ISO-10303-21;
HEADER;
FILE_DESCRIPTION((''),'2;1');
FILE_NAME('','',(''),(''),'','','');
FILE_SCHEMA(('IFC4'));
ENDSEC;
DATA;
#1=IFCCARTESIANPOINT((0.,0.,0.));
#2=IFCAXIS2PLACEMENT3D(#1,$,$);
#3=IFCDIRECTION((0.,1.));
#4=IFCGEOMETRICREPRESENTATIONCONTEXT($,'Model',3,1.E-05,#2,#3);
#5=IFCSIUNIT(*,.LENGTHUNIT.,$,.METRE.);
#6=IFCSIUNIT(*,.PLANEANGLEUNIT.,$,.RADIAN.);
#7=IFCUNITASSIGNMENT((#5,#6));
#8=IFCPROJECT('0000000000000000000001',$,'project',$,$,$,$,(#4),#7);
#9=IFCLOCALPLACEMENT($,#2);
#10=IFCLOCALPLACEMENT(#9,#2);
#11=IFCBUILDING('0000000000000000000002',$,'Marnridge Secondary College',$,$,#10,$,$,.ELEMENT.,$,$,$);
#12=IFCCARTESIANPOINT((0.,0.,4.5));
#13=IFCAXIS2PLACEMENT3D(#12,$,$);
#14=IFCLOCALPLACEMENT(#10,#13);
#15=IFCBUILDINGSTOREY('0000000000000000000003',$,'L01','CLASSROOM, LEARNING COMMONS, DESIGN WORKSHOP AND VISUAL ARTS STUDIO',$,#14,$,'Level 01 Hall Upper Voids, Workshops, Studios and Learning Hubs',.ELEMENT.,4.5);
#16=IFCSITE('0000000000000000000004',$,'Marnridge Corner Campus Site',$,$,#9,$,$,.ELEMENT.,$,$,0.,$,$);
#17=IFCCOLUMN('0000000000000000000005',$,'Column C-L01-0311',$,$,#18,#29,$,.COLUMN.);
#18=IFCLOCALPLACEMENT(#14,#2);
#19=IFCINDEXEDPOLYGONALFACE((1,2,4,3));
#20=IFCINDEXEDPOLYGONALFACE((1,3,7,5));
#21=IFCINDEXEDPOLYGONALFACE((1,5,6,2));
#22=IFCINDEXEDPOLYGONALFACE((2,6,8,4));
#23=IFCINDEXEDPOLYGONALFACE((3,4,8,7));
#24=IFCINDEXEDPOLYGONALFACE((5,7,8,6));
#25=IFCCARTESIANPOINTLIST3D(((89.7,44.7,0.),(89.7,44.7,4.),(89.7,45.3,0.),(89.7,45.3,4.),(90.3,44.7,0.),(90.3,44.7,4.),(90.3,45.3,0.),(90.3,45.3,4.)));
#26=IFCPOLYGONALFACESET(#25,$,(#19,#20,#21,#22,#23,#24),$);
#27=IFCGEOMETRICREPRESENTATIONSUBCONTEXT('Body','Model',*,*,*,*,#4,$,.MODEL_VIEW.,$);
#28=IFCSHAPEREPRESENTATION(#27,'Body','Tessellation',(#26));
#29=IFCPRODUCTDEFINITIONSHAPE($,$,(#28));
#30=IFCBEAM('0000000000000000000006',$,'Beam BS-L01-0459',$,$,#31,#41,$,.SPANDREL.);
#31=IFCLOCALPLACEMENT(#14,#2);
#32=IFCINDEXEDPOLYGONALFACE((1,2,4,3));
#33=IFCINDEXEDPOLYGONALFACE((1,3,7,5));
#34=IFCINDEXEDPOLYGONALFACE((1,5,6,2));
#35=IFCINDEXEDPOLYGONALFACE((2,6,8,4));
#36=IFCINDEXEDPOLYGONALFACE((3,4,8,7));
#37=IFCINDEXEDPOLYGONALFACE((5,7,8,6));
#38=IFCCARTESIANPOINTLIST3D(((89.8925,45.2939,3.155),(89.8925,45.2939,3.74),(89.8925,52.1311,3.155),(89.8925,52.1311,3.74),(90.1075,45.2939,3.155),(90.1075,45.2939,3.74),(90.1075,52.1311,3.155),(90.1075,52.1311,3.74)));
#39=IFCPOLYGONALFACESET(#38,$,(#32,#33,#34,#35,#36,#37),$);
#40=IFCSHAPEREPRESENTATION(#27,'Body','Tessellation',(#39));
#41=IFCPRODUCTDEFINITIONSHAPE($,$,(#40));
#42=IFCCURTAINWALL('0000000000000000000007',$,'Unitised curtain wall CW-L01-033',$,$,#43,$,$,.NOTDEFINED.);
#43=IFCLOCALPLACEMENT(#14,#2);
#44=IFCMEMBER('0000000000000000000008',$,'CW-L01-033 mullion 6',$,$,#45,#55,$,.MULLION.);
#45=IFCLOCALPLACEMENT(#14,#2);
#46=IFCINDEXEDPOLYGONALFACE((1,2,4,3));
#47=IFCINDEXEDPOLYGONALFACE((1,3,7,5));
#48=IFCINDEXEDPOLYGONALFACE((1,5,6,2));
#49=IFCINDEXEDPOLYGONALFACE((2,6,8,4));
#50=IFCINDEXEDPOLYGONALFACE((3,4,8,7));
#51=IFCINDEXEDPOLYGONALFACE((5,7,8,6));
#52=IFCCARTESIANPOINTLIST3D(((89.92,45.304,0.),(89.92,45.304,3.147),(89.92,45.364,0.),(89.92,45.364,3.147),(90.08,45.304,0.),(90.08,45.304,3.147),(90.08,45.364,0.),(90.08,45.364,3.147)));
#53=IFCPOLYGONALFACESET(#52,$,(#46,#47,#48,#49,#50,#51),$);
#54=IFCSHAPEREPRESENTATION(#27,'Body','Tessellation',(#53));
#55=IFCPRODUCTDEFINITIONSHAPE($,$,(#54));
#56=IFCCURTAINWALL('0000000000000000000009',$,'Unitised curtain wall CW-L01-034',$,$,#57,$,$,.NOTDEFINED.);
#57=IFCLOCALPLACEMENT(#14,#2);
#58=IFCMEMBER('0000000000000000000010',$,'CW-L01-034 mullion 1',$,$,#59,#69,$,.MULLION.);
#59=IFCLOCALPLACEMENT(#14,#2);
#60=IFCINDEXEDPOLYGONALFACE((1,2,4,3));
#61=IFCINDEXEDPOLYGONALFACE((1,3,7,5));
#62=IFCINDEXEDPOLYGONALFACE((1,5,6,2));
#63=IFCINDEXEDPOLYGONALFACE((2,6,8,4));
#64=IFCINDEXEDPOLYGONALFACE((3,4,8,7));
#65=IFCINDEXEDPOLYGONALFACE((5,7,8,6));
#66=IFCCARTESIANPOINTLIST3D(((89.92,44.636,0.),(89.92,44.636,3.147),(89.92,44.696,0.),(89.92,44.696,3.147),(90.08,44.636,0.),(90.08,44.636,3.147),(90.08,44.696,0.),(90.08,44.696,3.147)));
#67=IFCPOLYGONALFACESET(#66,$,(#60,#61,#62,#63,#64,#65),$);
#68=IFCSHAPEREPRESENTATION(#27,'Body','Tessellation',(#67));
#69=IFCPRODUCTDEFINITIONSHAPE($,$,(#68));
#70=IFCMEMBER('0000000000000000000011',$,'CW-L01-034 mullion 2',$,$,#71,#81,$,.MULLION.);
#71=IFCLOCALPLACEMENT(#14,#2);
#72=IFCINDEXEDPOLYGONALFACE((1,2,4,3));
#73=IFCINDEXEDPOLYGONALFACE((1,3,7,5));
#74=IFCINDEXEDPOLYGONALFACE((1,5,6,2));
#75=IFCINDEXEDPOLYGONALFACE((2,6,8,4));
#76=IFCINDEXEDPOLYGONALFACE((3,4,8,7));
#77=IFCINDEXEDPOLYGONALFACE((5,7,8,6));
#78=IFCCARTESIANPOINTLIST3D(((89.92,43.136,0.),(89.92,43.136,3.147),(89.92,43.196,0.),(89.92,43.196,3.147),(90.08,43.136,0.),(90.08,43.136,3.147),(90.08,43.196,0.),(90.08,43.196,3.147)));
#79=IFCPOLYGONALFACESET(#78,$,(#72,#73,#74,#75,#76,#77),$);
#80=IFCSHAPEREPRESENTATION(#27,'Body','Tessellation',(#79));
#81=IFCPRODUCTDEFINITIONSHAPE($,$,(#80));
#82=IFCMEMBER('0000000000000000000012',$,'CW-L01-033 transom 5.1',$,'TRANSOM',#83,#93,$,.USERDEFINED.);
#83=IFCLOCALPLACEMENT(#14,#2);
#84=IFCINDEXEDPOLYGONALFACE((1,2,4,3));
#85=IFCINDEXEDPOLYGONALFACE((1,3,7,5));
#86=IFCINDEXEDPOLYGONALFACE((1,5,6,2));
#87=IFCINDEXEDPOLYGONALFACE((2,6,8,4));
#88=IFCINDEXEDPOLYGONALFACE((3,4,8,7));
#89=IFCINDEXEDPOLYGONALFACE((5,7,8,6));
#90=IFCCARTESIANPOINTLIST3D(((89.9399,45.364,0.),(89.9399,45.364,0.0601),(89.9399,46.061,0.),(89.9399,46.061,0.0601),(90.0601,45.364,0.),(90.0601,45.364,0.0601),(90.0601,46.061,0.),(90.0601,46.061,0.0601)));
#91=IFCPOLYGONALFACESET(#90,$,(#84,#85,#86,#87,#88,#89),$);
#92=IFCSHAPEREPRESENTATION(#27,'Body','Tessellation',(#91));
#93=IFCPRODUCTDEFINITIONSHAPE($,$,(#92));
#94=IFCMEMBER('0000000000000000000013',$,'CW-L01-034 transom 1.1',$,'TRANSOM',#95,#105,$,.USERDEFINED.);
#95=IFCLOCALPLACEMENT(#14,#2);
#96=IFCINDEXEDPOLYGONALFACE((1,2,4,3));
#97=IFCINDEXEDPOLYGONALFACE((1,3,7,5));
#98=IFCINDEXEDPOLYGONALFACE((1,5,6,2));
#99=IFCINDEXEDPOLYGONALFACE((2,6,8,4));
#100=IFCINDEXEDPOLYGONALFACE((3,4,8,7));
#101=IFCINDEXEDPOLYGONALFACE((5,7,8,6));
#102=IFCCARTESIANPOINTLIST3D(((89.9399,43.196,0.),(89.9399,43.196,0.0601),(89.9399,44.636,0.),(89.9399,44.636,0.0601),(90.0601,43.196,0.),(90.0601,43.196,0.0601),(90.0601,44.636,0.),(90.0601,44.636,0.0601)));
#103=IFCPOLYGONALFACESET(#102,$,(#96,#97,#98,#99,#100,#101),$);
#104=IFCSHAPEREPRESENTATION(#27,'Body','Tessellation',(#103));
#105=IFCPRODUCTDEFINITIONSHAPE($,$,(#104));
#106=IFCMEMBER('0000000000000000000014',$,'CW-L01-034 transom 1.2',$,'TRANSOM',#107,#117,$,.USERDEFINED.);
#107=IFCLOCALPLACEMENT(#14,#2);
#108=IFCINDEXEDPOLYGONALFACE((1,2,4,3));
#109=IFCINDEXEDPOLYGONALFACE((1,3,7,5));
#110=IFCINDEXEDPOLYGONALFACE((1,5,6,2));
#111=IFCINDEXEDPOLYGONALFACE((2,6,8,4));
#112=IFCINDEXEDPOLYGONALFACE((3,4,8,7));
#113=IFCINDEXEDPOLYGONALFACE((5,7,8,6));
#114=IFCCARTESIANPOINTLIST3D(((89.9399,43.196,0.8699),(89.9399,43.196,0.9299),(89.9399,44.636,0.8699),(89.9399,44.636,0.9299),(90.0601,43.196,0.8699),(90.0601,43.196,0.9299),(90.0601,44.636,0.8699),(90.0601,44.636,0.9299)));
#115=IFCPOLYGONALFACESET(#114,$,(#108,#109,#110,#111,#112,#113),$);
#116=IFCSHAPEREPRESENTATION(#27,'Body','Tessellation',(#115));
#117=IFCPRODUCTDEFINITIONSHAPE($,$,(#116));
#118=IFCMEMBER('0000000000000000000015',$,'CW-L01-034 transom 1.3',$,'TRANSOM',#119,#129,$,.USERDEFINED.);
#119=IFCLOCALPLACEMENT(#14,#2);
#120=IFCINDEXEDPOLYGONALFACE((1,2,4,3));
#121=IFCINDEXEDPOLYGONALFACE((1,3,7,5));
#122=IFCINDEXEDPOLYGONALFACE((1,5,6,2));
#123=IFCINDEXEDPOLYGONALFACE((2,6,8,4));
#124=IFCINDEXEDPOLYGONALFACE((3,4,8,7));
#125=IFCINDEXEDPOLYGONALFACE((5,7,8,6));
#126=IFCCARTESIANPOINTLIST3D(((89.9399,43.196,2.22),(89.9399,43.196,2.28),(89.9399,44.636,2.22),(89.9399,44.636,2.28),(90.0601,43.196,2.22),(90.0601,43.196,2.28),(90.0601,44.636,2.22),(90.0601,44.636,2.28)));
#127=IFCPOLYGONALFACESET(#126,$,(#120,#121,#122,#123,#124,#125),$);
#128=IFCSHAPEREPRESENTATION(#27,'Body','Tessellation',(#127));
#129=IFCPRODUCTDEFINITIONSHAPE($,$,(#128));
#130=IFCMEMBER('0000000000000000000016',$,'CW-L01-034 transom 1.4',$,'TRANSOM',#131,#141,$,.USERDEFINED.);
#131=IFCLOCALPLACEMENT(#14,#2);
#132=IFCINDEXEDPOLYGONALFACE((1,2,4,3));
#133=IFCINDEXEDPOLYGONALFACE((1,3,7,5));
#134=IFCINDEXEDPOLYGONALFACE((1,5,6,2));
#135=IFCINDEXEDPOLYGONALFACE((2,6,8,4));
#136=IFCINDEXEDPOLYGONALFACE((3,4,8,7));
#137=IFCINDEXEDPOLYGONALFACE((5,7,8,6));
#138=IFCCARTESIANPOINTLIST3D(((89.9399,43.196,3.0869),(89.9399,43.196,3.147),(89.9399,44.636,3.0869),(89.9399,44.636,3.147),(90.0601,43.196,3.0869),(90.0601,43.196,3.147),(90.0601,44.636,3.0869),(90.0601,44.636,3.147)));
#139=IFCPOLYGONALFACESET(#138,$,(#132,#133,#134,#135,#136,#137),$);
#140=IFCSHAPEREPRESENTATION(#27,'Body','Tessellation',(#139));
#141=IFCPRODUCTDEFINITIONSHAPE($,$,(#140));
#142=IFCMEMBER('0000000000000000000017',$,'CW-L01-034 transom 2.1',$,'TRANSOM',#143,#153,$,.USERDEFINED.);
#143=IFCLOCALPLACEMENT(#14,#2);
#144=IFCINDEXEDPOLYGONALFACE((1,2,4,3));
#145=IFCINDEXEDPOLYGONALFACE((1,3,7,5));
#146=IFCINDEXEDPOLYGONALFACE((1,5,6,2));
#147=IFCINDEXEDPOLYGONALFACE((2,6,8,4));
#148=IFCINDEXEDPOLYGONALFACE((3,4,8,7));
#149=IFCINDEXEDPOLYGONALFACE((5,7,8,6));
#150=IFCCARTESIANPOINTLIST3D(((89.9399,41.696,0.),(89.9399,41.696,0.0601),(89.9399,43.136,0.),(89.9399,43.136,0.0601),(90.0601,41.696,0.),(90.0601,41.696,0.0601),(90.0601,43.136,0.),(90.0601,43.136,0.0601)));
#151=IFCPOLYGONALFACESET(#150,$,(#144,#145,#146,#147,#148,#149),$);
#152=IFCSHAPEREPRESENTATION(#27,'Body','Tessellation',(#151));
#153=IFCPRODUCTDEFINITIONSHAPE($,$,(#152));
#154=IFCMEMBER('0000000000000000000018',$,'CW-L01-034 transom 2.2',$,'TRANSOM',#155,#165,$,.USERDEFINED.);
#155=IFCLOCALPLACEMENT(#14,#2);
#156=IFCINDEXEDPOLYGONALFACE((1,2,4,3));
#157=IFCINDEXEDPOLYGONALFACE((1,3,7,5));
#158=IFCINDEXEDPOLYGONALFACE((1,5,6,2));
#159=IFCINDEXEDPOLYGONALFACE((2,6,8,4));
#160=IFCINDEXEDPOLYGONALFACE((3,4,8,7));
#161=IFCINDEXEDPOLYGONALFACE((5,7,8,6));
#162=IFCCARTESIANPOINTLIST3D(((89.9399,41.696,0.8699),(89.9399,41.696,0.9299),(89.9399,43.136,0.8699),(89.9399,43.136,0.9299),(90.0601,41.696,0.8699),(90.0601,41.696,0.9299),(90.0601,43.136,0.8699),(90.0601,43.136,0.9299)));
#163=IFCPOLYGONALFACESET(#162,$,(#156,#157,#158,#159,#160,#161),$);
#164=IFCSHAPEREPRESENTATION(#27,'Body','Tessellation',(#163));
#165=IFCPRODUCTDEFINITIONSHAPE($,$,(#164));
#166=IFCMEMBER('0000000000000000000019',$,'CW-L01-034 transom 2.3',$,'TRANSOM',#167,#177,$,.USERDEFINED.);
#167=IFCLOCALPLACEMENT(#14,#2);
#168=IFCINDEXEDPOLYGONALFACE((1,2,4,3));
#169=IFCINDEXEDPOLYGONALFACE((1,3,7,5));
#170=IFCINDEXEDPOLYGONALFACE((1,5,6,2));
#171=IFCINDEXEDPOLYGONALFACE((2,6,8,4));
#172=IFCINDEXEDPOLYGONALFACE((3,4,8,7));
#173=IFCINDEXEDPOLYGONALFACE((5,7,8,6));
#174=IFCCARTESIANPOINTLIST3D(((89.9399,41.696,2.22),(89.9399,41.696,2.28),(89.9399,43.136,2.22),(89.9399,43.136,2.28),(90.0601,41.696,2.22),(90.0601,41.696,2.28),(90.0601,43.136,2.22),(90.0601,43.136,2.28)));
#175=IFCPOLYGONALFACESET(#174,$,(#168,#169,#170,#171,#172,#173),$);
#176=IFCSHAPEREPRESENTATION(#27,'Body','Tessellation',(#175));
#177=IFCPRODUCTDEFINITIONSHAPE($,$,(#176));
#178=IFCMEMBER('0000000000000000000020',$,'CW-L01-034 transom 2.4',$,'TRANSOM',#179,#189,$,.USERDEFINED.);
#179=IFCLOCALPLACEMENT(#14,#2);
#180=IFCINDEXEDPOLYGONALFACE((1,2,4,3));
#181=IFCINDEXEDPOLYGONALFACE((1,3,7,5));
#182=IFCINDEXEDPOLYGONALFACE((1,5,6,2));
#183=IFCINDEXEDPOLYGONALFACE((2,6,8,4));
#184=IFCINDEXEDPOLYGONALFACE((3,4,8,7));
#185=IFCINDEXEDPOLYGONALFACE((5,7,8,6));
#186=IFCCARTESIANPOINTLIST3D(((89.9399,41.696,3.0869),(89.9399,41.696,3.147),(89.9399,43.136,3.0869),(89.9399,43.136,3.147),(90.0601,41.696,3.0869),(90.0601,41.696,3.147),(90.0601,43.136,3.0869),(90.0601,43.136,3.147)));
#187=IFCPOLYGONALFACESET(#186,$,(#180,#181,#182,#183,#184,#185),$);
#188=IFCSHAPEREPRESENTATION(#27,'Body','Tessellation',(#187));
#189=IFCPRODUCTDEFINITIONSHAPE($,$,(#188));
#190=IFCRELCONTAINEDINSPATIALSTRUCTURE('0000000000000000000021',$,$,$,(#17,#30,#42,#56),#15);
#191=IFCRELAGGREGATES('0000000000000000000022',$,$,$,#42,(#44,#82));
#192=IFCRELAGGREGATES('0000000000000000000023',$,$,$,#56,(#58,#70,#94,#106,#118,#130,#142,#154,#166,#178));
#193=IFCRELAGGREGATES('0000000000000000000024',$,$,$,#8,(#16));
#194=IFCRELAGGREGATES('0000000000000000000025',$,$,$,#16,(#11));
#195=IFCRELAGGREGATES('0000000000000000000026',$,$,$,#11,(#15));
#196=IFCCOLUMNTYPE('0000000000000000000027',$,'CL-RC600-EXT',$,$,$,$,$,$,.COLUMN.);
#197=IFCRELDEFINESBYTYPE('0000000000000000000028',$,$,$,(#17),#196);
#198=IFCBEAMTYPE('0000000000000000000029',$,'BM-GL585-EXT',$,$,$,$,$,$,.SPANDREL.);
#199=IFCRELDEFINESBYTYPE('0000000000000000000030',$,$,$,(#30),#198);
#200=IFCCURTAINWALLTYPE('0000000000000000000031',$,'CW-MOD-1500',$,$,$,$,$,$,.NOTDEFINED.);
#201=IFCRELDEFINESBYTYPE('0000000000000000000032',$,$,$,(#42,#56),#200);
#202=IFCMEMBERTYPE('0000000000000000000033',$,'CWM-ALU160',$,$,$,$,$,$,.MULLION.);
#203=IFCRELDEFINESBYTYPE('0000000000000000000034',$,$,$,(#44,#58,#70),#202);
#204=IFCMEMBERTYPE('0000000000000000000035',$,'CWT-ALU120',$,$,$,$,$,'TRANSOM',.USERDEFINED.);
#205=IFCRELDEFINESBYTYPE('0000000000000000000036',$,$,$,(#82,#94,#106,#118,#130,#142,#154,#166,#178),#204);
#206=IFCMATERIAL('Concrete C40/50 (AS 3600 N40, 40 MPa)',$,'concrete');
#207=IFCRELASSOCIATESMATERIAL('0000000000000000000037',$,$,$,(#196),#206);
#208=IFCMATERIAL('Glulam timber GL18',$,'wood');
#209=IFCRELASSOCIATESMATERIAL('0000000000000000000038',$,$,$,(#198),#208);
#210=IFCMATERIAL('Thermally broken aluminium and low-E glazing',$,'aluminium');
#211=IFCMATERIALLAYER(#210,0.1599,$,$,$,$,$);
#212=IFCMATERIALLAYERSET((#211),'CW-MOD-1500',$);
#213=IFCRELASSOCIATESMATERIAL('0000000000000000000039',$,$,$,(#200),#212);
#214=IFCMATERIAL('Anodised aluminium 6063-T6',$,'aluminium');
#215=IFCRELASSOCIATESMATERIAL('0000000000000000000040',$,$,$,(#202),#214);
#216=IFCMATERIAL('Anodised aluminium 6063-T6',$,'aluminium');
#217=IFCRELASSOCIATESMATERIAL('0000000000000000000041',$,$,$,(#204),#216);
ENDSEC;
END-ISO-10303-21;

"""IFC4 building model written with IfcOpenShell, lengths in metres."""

from ifc_helpers import new_model, si_unit, direction, frame, origin, origin_2d, place, context, subcontext, project, spatial, rectangle, extrude, material, layer, layer_set, material_profile, profile_set, type_object, element, aggregate, save


model = new_model("IFC4")

# Units and contexts
model_context = context("Model", 3, precision=1e-05, world=origin(), true_north=direction((0.0, 1.0)))
body_context = subcontext(model_context, "Body", "Model", "MODEL_VIEW")
ifc_project = project(units=[si_unit("LENGTHUNIT", "METRE"), si_unit("PLANEANGLEUNIT", "RADIAN")], contexts=[model_context])

# Site, building, storey
site_placement = place(None, origin())
site = spatial("IfcSite", under=ifc_project, at=site_placement, Name="Marnridge Corner Campus Site", CompositionType="ELEMENT", RefElevation=0.0)
building_placement = place(site_placement, origin())
building = spatial("IfcBuilding", under=site, at=building_placement, Name="Marnridge Secondary College", CompositionType="ELEMENT")
storey_placement = place(building_placement, frame((0.0, 0.0, 4.5)))
storey = spatial("IfcBuildingStorey", under=building, at=storey_placement, Name="L01", Description="CLASSROOM, LEARNING COMMONS, DESIGN WORKSHOP AND VISUAL ARTS STUDIO", LongName="Level 01 Hall Upper Voids, Workshops, Studios and Learning Hubs", CompositionType="ELEMENT", Elevation=4.5)

# Column
ifc_material_1 = material(Name="Concrete C40/50 (AS 3600 N40, 40 MPa)", Category="concrete")
ifc_material_profile_1 = material_profile(ifc_material_1, rectangle(XDim=0.6001, YDim=0.6001, at=origin_2d()), Name="RC 600x600")
ifc_profile_set_1 = profile_set([ifc_material_profile_1], Name="Concrete C40/50 (AS 3600 N40, 40 MPa)")
column_type = type_object("IfcColumnType", Name="CL-RC600-EXT", PredefinedType="COLUMN", material=ifc_profile_set_1)
column_placement = place(storey_placement, frame((90.0, 45.0, 0.0), z_axis=(0.0, 0.0, 1.0), x_axis=(1.0, 0.0, 0.0)))
element("IfcColumn", 1, at=column_placement, inside=storey, type_object=column_type, Name="Column C-L01-0311", PredefinedType="COLUMN", context=body_context, shape_type="SweptSolid", body=[
    extrude(rectangle(XDim=0.6001, YDim=0.6001, at=origin_2d()), origin(), (0.0, 0.0, 1.0), 4.0),
])

# Beam
ifc_material_2 = material(Name="Glulam timber GL18", Category="wood")
ifc_material_profile_2 = material_profile(ifc_material_2, rectangle(XDim=0.2151, YDim=0.585, at=origin_2d()), Name="GL18 215x585")
ifc_profile_set_2 = profile_set([ifc_material_profile_2], Name="Glulam timber GL18")
beam_type = type_object("IfcBeamType", Name="BM-GL585-EXT", PredefinedType="SPANDREL", material=ifc_profile_set_2)
beam_placement = place(storey_placement, frame((90.0, 45.2939, 3.4475), z_axis=(0.0, 1.0, 0.0), x_axis=(-1.0, 0.0, 0.0)))
element("IfcBeam", 2, at=beam_placement, inside=storey, type_object=beam_type, Name="Beam BS-L01-0459", PredefinedType="SPANDREL", context=body_context, shape_type="SweptSolid", body=[
    extrude(rectangle(XDim=0.2151, YDim=0.585, at=origin_2d()), origin(), (0.0, 0.0, 1.0), 6.8372),
])

# Curtain wall, member
ifc_material_3 = material(Name="Thermally broken aluminium and low-E glazing", Category="aluminium")
ifc_layer_1 = layer(ifc_material_3, 0.1599)
ifc_layer_set_1 = layer_set([ifc_layer_1], Name="CW-MOD-1500")
curtain_wall_type = type_object("IfcCurtainWallType", Name="CW-MOD-1500", PredefinedType="NOTDEFINED", material=ifc_layer_set_1)
curtain_wall_1_placement = place(storey_placement, origin())
curtain_wall_1 = element("IfcCurtainWall", 3, at=curtain_wall_1_placement, inside=storey, type_object=curtain_wall_type, Name="Unitised curtain wall CW-L01-033", PredefinedType="NOTDEFINED")
ifc_material_4 = material(Name="Anodised aluminium 6063-T6", Category="aluminium")
ifc_material_profile_3 = material_profile(ifc_material_4, rectangle(XDim=0.0601, YDim=0.1599, at=origin_2d()), Name="ALU 60x160")
ifc_profile_set_3 = profile_set([ifc_material_profile_3], Name="Anodised aluminium 6063-T6")
member_type_1 = type_object("IfcMemberType", Name="CWM-ALU160", PredefinedType="MULLION", material=ifc_profile_set_3)
member_1_placement = place(storey_placement, frame((90.0, 45.334, 0.0), z_axis=(0.0, 0.0, 1.0), x_axis=(0.0, -1.0, 0.0)))
member_1 = element("IfcMember", 4, at=member_1_placement, type_object=member_type_1, Name="CW-L01-033 mullion 6", PredefinedType="MULLION", context=body_context, shape_type="SweptSolid", body=[
    extrude(rectangle(XDim=0.0601, YDim=0.1599, at=origin_2d()), origin(), (0.0, 0.0, 1.0), 3.147),
])

# Curtain wall, members
curtain_wall_2_placement = place(storey_placement, origin())
curtain_wall_2 = element("IfcCurtainWall", 5, at=curtain_wall_2_placement, inside=storey, type_object=curtain_wall_type, Name="Unitised curtain wall CW-L01-034", PredefinedType="NOTDEFINED")
member_2_placement = place(storey_placement, frame((90.0, 44.666, 0.0), z_axis=(0.0, 0.0, 1.0), x_axis=(0.0, -1.0, 0.0)))
member_2 = element("IfcMember", 6, at=member_2_placement, type_object=member_type_1, Name="CW-L01-034 mullion 1", PredefinedType="MULLION", context=body_context, shape_type="SweptSolid", body=[
    extrude(rectangle(XDim=0.0601, YDim=0.1599, at=origin_2d()), origin(), (0.0, 0.0, 1.0), 3.147),
])
member_3_placement = place(storey_placement, frame((90.0, 43.166, 0.0), z_axis=(0.0, 0.0, 1.0), x_axis=(0.0, -1.0, 0.0)))
member_3 = element("IfcMember", 7, at=member_3_placement, type_object=member_type_1, Name="CW-L01-034 mullion 2", PredefinedType="MULLION", context=body_context, shape_type="SweptSolid", body=[
    extrude(rectangle(XDim=0.0601, YDim=0.1599, at=origin_2d()), origin(), (0.0, 0.0, 1.0), 3.147),
])

# Members
ifc_material_5 = material(Name="Anodised aluminium 6063-T6", Category="aluminium")
ifc_material_profile_4 = material_profile(ifc_material_5, rectangle(XDim=0.0601, YDim=0.1201, at=origin_2d()), Name="ALU 60x120")
ifc_profile_set_4 = profile_set([ifc_material_profile_4], Name="Anodised aluminium 6063-T6")
member_type_2 = type_object("IfcMemberType", Name="CWT-ALU120", ElementType="TRANSOM", PredefinedType="USERDEFINED", material=ifc_profile_set_4)
member_4_placement = place(storey_placement, frame((90.0, 46.061, 0.03), z_axis=(0.0, -1.0, 0.0), x_axis=(0.0, 0.0, 1.0)))
member_4 = element("IfcMember", 8, at=member_4_placement, type_object=member_type_2, Name="CW-L01-033 transom 5.1", ObjectType="TRANSOM", PredefinedType="USERDEFINED", context=body_context, shape_type="SweptSolid", body=[
    extrude(rectangle(XDim=0.0601, YDim=0.1201, at=origin_2d()), origin(), (0.0, 0.0, 1.0), 0.697),
])
member_5_placement = place(storey_placement, frame((90.0, 44.636, 0.03), z_axis=(0.0, -1.0, 0.0), x_axis=(0.0, 0.0, 1.0)))
member_5 = element("IfcMember", 9, at=member_5_placement, type_object=member_type_2, Name="CW-L01-034 transom 1.1", ObjectType="TRANSOM", PredefinedType="USERDEFINED", context=body_context, shape_type="SweptSolid", body=[
    extrude(rectangle(XDim=0.0601, YDim=0.1201, at=origin_2d()), origin(), (0.0, 0.0, 1.0), 1.4399),
])
member_6_placement = place(storey_placement, frame((90.0, 44.636, 0.8999), z_axis=(0.0, -1.0, 0.0), x_axis=(0.0, 0.0, 1.0)))
member_6 = element("IfcMember", 10, at=member_6_placement, type_object=member_type_2, Name="CW-L01-034 transom 1.2", ObjectType="TRANSOM", PredefinedType="USERDEFINED", context=body_context, shape_type="SweptSolid", body=[
    extrude(rectangle(XDim=0.0601, YDim=0.1201, at=origin_2d()), origin(), (0.0, 0.0, 1.0), 1.4399),
])
member_7_placement = place(storey_placement, frame((90.0, 44.636, 2.25), z_axis=(0.0, -1.0, 0.0), x_axis=(0.0, 0.0, 1.0)))
member_7 = element("IfcMember", 11, at=member_7_placement, type_object=member_type_2, Name="CW-L01-034 transom 1.3", ObjectType="TRANSOM", PredefinedType="USERDEFINED", context=body_context, shape_type="SweptSolid", body=[
    extrude(rectangle(XDim=0.0601, YDim=0.1201, at=origin_2d()), origin(), (0.0, 0.0, 1.0), 1.4399),
])
member_8_placement = place(storey_placement, frame((90.0, 44.636, 3.1169), z_axis=(0.0, -1.0, 0.0), x_axis=(0.0, 0.0, 1.0)))
member_8 = element("IfcMember", 12, at=member_8_placement, type_object=member_type_2, Name="CW-L01-034 transom 1.4", ObjectType="TRANSOM", PredefinedType="USERDEFINED", context=body_context, shape_type="SweptSolid", body=[
    extrude(rectangle(XDim=0.0601, YDim=0.1201, at=origin_2d()), origin(), (0.0, 0.0, 1.0), 1.4399),
])
member_9_placement = place(storey_placement, frame((90.0, 43.136, 0.03), z_axis=(0.0, -1.0, 0.0), x_axis=(0.0, 0.0, 1.0)))
member_9 = element("IfcMember", 13, at=member_9_placement, type_object=member_type_2, Name="CW-L01-034 transom 2.1", ObjectType="TRANSOM", PredefinedType="USERDEFINED", context=body_context, shape_type="SweptSolid", body=[
    extrude(rectangle(XDim=0.0601, YDim=0.1201, at=origin_2d()), origin(), (0.0, 0.0, 1.0), 1.4399),
])
member_10_placement = place(storey_placement, frame((90.0, 43.136, 0.8999), z_axis=(0.0, -1.0, 0.0), x_axis=(0.0, 0.0, 1.0)))
member_10 = element("IfcMember", 14, at=member_10_placement, type_object=member_type_2, Name="CW-L01-034 transom 2.2", ObjectType="TRANSOM", PredefinedType="USERDEFINED", context=body_context, shape_type="SweptSolid", body=[
    extrude(rectangle(XDim=0.0601, YDim=0.1201, at=origin_2d()), origin(), (0.0, 0.0, 1.0), 1.4399),
])
member_11_placement = place(storey_placement, frame((90.0, 43.136, 2.25), z_axis=(0.0, -1.0, 0.0), x_axis=(0.0, 0.0, 1.0)))
member_11 = element("IfcMember", 15, at=member_11_placement, type_object=member_type_2, Name="CW-L01-034 transom 2.3", ObjectType="TRANSOM", PredefinedType="USERDEFINED", context=body_context, shape_type="SweptSolid", body=[
    extrude(rectangle(XDim=0.0601, YDim=0.1201, at=origin_2d()), origin(), (0.0, 0.0, 1.0), 1.4399),
])
member_12_placement = place(storey_placement, frame((90.0, 43.136, 3.1169), z_axis=(0.0, -1.0, 0.0), x_axis=(0.0, 0.0, 1.0)))
member_12 = element("IfcMember", 16, at=member_12_placement, type_object=member_type_2, Name="CW-L01-034 transom 2.4", ObjectType="TRANSOM", PredefinedType="USERDEFINED", context=body_context, shape_type="SweptSolid", body=[
    extrude(rectangle(XDim=0.0601, YDim=0.1201, at=origin_2d()), origin(), (0.0, 0.0, 1.0), 1.4399),
])

aggregate(curtain_wall_1, [member_1, member_4])
aggregate(curtain_wall_2, [member_2, member_3, member_5, member_6, member_7, member_8, member_9, member_10, member_11, member_12])

save(model, "model.ifc")
